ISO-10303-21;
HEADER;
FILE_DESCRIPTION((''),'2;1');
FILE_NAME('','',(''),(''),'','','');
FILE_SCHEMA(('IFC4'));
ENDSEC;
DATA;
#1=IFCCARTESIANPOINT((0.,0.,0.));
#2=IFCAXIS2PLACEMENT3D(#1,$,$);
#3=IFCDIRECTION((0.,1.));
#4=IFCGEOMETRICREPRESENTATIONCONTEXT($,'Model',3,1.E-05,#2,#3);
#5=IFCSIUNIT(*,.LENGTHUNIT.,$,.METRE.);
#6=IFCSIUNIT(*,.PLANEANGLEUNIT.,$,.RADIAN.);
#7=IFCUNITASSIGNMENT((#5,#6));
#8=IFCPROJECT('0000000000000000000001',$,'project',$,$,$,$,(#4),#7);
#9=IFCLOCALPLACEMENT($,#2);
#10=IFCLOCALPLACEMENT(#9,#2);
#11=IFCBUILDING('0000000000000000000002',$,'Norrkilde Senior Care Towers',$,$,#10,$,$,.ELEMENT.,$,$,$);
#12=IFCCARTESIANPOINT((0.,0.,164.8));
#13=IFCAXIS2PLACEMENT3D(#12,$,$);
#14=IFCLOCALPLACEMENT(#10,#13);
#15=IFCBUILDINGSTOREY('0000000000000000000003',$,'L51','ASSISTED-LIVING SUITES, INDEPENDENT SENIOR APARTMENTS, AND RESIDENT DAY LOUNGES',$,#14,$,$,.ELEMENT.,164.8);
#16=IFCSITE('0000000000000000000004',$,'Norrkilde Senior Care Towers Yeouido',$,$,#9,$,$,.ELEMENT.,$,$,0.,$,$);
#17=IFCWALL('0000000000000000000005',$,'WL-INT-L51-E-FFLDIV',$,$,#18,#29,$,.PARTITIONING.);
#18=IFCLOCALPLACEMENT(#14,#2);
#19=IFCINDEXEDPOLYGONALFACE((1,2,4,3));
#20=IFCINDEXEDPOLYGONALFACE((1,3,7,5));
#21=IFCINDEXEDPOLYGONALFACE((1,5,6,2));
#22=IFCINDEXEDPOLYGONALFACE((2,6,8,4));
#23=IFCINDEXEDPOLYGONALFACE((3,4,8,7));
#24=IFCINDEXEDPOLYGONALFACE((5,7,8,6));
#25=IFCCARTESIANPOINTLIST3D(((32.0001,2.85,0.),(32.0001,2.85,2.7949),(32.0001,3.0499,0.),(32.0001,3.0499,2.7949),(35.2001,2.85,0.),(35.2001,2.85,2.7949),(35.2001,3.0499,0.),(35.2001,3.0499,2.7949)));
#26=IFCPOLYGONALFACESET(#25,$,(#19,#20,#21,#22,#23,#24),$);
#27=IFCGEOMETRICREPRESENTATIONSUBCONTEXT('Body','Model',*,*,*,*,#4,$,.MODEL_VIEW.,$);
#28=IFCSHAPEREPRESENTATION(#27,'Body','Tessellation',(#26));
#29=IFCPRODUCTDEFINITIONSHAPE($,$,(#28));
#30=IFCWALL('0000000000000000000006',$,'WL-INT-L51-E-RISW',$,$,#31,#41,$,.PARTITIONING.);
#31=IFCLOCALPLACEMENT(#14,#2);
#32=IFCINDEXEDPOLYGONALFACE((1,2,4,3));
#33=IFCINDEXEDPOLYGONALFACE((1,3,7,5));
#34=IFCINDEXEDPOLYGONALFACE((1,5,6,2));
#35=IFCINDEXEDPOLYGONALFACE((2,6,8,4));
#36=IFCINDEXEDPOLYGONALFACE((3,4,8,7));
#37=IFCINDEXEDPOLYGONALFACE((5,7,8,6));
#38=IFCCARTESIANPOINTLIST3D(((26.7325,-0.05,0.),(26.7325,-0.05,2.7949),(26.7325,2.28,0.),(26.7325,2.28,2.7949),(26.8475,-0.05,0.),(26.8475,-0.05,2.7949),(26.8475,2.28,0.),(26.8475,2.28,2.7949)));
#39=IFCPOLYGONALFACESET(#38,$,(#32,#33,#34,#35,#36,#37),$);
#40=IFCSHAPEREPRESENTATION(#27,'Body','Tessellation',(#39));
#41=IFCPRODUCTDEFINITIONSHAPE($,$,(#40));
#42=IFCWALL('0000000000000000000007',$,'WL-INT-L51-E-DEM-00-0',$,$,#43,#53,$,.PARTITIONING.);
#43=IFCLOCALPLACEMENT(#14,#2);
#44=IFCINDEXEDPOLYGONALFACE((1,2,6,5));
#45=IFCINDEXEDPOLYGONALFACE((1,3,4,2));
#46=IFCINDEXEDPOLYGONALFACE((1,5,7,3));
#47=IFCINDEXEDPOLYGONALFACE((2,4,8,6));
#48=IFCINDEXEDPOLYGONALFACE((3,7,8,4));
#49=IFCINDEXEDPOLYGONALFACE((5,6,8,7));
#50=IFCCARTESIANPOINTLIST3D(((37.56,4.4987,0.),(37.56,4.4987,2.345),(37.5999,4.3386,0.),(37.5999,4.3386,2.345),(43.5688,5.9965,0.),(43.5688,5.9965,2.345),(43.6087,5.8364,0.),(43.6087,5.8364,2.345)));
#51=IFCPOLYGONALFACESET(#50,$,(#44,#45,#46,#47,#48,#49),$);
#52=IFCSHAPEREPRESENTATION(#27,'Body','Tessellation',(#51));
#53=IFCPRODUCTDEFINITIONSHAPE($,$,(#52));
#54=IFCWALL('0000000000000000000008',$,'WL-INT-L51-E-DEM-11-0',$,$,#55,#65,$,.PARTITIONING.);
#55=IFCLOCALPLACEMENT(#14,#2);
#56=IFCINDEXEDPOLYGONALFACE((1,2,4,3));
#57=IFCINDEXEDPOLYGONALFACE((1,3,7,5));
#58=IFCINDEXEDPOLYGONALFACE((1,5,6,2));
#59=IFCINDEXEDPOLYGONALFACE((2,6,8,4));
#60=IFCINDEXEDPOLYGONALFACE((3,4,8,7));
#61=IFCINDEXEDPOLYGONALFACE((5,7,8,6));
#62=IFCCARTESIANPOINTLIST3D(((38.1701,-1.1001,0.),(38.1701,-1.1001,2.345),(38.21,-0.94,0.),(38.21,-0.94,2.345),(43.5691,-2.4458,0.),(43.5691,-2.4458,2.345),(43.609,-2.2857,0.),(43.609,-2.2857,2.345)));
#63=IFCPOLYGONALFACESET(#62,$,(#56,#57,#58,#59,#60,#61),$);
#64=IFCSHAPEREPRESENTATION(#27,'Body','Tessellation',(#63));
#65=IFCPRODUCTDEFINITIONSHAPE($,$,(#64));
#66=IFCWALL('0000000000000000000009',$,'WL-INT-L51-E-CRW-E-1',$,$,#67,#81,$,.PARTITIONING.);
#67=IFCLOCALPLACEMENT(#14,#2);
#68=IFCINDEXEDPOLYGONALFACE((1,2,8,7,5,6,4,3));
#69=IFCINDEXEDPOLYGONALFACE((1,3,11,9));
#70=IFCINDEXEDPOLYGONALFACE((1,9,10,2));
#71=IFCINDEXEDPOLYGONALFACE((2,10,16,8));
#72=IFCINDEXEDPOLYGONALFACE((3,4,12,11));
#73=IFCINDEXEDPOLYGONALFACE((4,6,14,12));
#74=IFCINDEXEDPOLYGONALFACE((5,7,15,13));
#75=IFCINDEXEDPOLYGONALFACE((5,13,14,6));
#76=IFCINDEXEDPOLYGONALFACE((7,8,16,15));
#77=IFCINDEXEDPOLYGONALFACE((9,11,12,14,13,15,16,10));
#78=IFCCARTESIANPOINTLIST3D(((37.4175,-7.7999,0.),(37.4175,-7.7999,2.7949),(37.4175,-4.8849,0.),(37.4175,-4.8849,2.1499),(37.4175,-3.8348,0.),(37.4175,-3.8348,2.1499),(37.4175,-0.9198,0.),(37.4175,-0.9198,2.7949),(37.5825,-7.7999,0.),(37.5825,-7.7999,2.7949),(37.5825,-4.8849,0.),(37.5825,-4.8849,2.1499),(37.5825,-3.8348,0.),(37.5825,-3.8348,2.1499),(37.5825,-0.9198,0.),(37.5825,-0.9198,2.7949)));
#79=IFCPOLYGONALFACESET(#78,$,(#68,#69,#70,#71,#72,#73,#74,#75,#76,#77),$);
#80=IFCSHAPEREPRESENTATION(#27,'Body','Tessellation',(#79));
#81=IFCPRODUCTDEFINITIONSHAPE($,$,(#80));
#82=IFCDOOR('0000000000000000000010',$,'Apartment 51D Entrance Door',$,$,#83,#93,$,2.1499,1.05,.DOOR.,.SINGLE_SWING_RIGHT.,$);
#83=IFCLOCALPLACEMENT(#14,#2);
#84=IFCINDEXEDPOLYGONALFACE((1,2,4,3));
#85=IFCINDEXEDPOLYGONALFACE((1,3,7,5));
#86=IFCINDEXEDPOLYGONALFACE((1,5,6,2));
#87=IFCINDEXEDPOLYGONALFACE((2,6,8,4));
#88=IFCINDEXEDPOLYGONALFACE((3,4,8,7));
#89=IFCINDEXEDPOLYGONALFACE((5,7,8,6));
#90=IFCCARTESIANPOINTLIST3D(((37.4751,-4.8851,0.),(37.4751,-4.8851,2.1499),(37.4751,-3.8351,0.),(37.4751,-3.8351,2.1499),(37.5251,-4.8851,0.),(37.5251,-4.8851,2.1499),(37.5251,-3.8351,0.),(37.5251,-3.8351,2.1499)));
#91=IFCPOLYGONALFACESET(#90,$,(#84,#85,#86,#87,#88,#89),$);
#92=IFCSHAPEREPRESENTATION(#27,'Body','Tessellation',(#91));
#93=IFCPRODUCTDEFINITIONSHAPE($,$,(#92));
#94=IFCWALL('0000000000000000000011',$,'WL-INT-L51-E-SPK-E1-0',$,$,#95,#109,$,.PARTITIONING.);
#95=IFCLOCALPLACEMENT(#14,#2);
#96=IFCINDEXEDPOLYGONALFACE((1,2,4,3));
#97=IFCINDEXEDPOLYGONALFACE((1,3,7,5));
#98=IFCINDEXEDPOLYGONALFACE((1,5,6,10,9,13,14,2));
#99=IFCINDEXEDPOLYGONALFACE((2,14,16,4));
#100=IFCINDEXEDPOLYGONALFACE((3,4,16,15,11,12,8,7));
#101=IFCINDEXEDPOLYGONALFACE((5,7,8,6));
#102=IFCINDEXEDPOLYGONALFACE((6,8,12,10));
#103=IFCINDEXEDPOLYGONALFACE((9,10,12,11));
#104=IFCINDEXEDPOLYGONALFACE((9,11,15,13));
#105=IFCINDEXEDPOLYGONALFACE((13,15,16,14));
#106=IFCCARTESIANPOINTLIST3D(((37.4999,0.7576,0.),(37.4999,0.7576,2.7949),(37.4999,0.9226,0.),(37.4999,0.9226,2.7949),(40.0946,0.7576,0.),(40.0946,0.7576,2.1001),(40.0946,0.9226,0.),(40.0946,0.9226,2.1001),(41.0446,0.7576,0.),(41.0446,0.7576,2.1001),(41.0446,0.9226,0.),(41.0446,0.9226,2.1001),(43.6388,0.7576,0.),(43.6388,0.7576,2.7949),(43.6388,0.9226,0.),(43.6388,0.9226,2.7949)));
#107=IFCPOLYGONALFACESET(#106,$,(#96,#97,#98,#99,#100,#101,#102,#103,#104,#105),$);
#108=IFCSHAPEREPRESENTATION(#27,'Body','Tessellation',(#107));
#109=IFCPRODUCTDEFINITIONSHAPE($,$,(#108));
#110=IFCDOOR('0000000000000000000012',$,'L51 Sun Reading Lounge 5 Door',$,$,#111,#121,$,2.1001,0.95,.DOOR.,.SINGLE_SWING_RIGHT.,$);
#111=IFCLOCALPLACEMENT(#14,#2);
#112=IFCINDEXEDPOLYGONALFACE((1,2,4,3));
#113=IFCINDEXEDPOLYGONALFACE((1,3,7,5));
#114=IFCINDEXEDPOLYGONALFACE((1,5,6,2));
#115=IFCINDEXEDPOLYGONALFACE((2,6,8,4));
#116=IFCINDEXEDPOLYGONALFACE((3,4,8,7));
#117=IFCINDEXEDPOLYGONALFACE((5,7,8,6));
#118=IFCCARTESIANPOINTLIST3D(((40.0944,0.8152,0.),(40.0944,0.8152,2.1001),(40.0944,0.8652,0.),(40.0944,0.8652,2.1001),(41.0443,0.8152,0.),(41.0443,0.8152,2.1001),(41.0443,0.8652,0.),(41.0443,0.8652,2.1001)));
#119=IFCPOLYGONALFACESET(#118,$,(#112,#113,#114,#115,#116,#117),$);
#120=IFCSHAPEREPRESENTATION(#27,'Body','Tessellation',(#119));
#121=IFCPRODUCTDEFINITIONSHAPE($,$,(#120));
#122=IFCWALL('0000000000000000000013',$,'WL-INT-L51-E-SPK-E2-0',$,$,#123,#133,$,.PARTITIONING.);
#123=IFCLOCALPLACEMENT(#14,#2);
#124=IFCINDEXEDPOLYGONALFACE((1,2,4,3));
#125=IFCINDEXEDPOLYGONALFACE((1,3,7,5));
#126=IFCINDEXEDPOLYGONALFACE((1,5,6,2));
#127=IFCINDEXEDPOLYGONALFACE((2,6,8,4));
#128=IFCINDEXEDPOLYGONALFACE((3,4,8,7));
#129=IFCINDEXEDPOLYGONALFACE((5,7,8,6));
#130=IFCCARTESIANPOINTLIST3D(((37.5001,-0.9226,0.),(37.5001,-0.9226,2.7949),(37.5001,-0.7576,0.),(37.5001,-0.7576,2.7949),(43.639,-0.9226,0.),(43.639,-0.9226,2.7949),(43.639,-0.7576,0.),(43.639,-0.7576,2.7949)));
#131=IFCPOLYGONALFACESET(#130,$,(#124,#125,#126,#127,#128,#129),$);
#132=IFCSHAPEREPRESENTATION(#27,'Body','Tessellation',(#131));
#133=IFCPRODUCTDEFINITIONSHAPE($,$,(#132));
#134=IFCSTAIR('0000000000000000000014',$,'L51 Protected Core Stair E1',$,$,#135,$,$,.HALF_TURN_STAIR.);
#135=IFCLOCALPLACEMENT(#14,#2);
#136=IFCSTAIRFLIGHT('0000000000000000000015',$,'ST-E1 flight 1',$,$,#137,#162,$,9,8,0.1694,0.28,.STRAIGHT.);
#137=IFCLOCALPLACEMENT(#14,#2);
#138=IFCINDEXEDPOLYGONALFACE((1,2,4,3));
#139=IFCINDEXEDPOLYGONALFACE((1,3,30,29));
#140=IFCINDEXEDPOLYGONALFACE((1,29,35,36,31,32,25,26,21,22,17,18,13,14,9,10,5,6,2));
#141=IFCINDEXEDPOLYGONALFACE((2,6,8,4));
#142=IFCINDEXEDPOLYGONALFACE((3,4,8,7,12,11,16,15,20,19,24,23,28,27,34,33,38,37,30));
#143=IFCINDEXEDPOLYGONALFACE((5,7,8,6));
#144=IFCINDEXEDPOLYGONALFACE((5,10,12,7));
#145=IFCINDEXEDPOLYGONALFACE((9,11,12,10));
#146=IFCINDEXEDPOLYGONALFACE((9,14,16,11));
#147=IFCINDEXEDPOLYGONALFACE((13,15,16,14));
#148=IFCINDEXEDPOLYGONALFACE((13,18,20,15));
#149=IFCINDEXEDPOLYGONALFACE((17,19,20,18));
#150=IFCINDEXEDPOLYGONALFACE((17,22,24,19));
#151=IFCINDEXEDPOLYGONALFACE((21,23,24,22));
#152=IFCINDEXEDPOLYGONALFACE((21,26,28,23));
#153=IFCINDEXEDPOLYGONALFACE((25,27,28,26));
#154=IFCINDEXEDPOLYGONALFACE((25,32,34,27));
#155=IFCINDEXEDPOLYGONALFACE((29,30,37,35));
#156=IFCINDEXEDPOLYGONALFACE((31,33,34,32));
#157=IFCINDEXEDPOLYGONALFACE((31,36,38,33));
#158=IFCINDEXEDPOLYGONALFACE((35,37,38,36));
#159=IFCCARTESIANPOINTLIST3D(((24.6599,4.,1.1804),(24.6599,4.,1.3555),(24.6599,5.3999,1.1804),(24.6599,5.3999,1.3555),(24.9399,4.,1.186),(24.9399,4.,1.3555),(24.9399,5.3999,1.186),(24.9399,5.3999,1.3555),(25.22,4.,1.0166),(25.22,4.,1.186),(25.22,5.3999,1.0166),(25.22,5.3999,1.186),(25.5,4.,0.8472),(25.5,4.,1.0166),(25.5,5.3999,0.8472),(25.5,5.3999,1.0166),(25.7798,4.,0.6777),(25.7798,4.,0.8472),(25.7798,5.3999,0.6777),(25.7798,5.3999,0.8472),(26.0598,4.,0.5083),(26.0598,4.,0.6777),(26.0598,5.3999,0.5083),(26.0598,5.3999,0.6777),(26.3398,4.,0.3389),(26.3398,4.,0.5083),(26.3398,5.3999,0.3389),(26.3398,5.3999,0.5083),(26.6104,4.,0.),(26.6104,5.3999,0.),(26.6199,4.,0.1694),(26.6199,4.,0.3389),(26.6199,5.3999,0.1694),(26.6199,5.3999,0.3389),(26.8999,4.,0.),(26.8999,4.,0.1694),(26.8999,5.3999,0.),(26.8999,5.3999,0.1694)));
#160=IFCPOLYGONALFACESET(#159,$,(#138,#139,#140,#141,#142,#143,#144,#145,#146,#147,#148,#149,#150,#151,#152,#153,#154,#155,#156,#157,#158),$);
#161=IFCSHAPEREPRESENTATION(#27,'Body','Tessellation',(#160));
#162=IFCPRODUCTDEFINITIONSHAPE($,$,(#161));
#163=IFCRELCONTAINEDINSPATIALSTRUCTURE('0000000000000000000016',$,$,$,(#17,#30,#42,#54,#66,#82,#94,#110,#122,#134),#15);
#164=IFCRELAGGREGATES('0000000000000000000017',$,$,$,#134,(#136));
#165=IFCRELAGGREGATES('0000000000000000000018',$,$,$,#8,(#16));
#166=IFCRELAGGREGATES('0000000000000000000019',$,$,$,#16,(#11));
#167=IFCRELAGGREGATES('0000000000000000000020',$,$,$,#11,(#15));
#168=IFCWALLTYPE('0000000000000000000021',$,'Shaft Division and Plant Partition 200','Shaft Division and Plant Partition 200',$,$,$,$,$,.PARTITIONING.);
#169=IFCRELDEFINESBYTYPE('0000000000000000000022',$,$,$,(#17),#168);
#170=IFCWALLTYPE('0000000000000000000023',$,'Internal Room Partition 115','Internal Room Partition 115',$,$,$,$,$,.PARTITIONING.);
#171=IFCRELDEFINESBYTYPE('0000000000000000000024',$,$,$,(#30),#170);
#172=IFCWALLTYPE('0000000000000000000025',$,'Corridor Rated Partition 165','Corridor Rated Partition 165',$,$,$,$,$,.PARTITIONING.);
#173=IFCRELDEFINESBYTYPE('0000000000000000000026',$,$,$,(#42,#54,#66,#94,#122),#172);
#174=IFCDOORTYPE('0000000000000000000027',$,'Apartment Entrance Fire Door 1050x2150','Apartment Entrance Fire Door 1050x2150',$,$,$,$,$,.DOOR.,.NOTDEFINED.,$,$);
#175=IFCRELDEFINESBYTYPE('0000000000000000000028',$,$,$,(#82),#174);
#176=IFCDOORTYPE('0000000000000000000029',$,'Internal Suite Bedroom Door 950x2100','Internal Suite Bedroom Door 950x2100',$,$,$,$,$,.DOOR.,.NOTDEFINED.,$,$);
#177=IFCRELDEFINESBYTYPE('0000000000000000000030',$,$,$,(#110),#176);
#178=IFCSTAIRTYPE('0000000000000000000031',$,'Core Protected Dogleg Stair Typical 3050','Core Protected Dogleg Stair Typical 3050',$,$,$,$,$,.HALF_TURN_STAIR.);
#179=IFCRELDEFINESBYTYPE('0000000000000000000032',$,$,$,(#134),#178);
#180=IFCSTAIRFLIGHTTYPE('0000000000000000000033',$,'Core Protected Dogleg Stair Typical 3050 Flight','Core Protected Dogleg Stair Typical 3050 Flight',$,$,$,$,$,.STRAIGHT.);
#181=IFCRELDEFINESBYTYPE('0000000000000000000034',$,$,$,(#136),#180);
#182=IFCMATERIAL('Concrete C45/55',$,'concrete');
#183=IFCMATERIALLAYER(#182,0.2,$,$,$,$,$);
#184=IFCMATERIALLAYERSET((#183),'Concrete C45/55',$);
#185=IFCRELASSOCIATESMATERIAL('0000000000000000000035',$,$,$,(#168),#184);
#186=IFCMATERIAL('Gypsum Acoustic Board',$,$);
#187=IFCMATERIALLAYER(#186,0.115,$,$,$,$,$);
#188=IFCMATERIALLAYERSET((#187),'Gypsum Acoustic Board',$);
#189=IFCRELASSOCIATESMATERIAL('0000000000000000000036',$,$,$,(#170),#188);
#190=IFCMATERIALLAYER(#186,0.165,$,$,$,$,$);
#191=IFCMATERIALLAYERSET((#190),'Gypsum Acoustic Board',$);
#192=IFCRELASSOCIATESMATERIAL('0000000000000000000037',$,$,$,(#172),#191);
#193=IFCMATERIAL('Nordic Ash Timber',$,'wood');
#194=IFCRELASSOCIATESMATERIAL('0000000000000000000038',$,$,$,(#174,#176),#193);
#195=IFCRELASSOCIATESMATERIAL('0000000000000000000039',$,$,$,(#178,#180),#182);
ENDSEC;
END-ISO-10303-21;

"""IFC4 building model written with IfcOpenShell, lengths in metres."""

from ifc_helpers import new_model, si_unit, direction, frame, frame_2d, origin, place, context, subcontext, project, spatial, polyline, rectangle, outline, extrude, source, transform, mapped, material, layer, layer_set, type_object, type_shapes, element, fill, aggregate, save


model = new_model("IFC4")

# Units and contexts
model_context = context("Model", 3, precision=1e-05, world=origin(), true_north=direction((0.0, 1.0)))
body_context = subcontext(model_context, "Body", "Model", "MODEL_VIEW")
ifc_project = project(units=[si_unit("LENGTHUNIT", "METRE"), si_unit("PLANEANGLEUNIT", "RADIAN")], contexts=[model_context])

# Site, building, storey
site_placement = place(None, origin())
site = spatial("IfcSite", under=ifc_project, at=site_placement, Name="Norrkilde Senior Care Towers Yeouido", CompositionType="ELEMENT", RefElevation=0.0)
building_placement = place(site_placement, origin())
building = spatial("IfcBuilding", under=site, at=building_placement, Name="Norrkilde Senior Care Towers", CompositionType="ELEMENT")
storey_placement = place(building_placement, frame((0.0, 0.0, 164.8)))
storey = spatial("IfcBuildingStorey", under=building, at=storey_placement, Name="L51", Description="ASSISTED-LIVING SUITES, INDEPENDENT SENIOR APARTMENTS, AND RESIDENT DAY LOUNGES", CompositionType="ELEMENT", Elevation=164.8)

# Shared definitions
ifc_material_1 = material(Name="Concrete C45/55", Category="concrete")

# Wall
ifc_layer_1 = layer(ifc_material_1, 0.2)
ifc_layer_set_1 = layer_set([ifc_layer_1], Name="Concrete C45/55")
wall_type_1 = type_object("IfcWallType", Name="Shaft Division and Plant Partition 200", Description="Shaft Division and Plant Partition 200", PredefinedType="PARTITIONING", material=ifc_layer_set_1)
shared_shape_1 = source(origin(), body_context, "Body", "SweptSolid", [
    extrude(rectangle(XDim=3.2, YDim=0.2, at=frame_2d((1.6001, 0.0))), origin(), (0.0, 0.0, 1.0), 2.7949),
])
type_shapes(wall_type_1, [shared_shape_1])
wall_1_placement = place(storey_placement, frame((32.0, 2.95, 0.0), z_axis=(0.0, 0.0, 1.0), x_axis=(1.0, 0.0, 0.0)))
element("IfcWall", 1, at=wall_1_placement, inside=storey, type_object=wall_type_1, Name="WL-INT-L51-E-FFLDIV", PredefinedType="PARTITIONING", context=body_context, shape_type="MappedRepresentation", body=[
    mapped(shared_shape_1, transform((0.0, 0.0, 0.0), x_axis=(1.0, 0.0, 0.0), y_axis=(0.0, 1.0, 0.0), z_axis=(0.0, 0.0, 1.0), scale=1.0)),
])

# Walls
ifc_material_2 = material(Name="Gypsum Acoustic Board")
ifc_layer_2 = layer(ifc_material_2, 0.115)
ifc_layer_set_2 = layer_set([ifc_layer_2], Name="Gypsum Acoustic Board")
wall_type_2 = type_object("IfcWallType", Name="Internal Room Partition 115", Description="Internal Room Partition 115", PredefinedType="PARTITIONING", material=ifc_layer_set_2)
shared_shape_2 = source(origin(), body_context, "Body", "SweptSolid", [
    extrude(rectangle(XDim=2.3301, YDim=0.115, at=frame_2d((1.165, 0.0))), origin(), (0.0, 0.0, 1.0), 2.7949),
])
type_shapes(wall_type_2, [shared_shape_2])
wall_2_placement = place(storey_placement, frame((26.79, -0.05, 0.0), z_axis=(0.0, 0.0, 1.0), x_axis=(0.0, 1.0, 0.0)))
element("IfcWall", 2, at=wall_2_placement, inside=storey, type_object=wall_type_2, Name="WL-INT-L51-E-RISW", PredefinedType="PARTITIONING", context=body_context, shape_type="MappedRepresentation", body=[
    mapped(shared_shape_2, transform((0.0, 0.0, 0.0), x_axis=(1.0, 0.0, 0.0), y_axis=(0.0, 1.0, 0.0), z_axis=(0.0, 0.0, 1.0), scale=1.0)),
])
ifc_layer_3 = layer(ifc_material_2, 0.165)
ifc_layer_set_3 = layer_set([ifc_layer_3], Name="Gypsum Acoustic Board")
wall_type_3 = type_object("IfcWallType", Name="Corridor Rated Partition 165", Description="Corridor Rated Partition 165", PredefinedType="PARTITIONING", material=ifc_layer_set_3)
shared_shape_3 = source(origin(), body_context, "Body", "SweptSolid", [
    extrude(rectangle(XDim=6.1926, YDim=0.165, at=frame_2d((3.0962, 0.0))), origin(), (0.0, 0.0, 1.0), 2.345),
])
wall_3_placement = place(storey_placement, frame((37.5801, 4.4187, 0.0), z_axis=(0.0, 0.0, 1.0), x_axis=(0.970309, 0.241868, 0.0)))
element("IfcWall", 3, at=wall_3_placement, inside=storey, type_object=wall_type_3, Name="WL-INT-L51-E-DEM-00-0", PredefinedType="PARTITIONING", context=body_context, shape_type="MappedRepresentation", body=[
    mapped(shared_shape_3, transform((0.0, 0.0, 0.0), x_axis=(1.0, 0.0, 0.0), y_axis=(0.0, 1.0, 0.0), z_axis=(0.0, 0.0, 1.0), scale=1.0)),
])
shared_shape_4 = source(origin(), body_context, "Body", "SweptSolid", [
    extrude(rectangle(XDim=5.5642, YDim=0.165, at=frame_2d((2.7822, 0.0))), origin(), (0.0, 0.0, 1.0), 2.345),
])
wall_4_placement = place(storey_placement, frame((38.1899, -1.02, 0.0), z_axis=(0.0, 0.0, 1.0), x_axis=(0.970313, -0.241854, 0.0)))
element("IfcWall", 4, at=wall_4_placement, inside=storey, type_object=wall_type_3, Name="WL-INT-L51-E-DEM-11-0", PredefinedType="PARTITIONING", context=body_context, shape_type="MappedRepresentation", body=[
    mapped(shared_shape_4, transform((0.0, 0.0, 0.0), x_axis=(1.0, 0.0, 0.0), y_axis=(0.0, 1.0, 0.0), z_axis=(0.0, 0.0, 1.0), scale=1.0)),
])

# Walls, openings, doors
shared_shape_5 = source(origin(), body_context, "Body", "SweptSolid", [
    extrude(rectangle(XDim=6.8801, YDim=0.165, at=frame_2d((3.4399, 0.0))), origin(), (0.0, 0.0, 1.0), 2.7949),
])
wall_5_placement = place(storey_placement, frame((37.5, -0.9199, 0.0), z_axis=(0.0, 0.0, 1.0), x_axis=(0.0, -1.0, 0.0)))
wall_5 = element("IfcWall", 5, at=wall_5_placement, inside=storey, type_object=wall_type_3, Name="WL-INT-L51-E-CRW-E-1", PredefinedType="PARTITIONING", context=body_context, shape_type="MappedRepresentation", body=[
    mapped(shared_shape_5, transform((0.0, 0.0, 0.0), x_axis=(1.0, 0.0, 0.0), y_axis=(0.0, 1.0, 0.0), z_axis=(0.0, 0.0, 1.0), scale=1.0)),
])
opening_1_placement = place(wall_5_placement, frame((2.915, 0.0, 0.0)))
opening_1 = element("IfcOpeningElement", 6, at=opening_1_placement, cuts=wall_5, PredefinedType="OPENING", context=body_context, shape_type="SweptSolid", body=[
    extrude(rectangle(XDim=1.05, YDim=2.1499, at=frame_2d((0.5249, 1.075))), frame((0.0, 0.0925, 0.0), z_axis=(0.0, -1.0, 0.0), x_axis=(1.0, 0.0, 0.0)), (0.0, 0.0, 1.0), 0.1851),
])
ifc_material_3 = material(Name="Nordic Ash Timber", Category="wood")
door_type_1 = type_object("IfcDoorType", Name="Apartment Entrance Fire Door 1050x2150", Description="Apartment Entrance Fire Door 1050x2150", OperationType="NOTDEFINED", PredefinedType="DOOR", material=ifc_material_3)
shared_shape_6 = source(origin(), body_context, "Body", "SweptSolid", [
    extrude(rectangle(XDim=1.05, YDim=2.1499, at=frame_2d((0.5249, 1.075))), frame((0.0, 0.0249, 0.0), z_axis=(0.0, -1.0, 0.0), x_axis=(1.0, 0.0, 0.0)), (0.0, 0.0, 1.0), 0.05),
])
type_shapes(door_type_1, [shared_shape_6])
door_1_placement = place(opening_1_placement, frame((1.05, 0.0, 0.0), z_axis=(0.0, 0.0, 1.0), x_axis=(-1.0, 0.0, 0.0)))
door_1 = element("IfcDoor", 7, at=door_1_placement, inside=storey, type_object=door_type_1, Name="Apartment 51D Entrance Door", OperationType="SINGLE_SWING_RIGHT", OverallHeight=2.1499, OverallWidth=1.05, PredefinedType="DOOR", context=body_context, shape_type="MappedRepresentation", body=[
    mapped(shared_shape_6, transform((0.0, 0.0, 0.0), x_axis=(1.0, 0.0, 0.0), y_axis=(0.0, 1.0, 0.0), z_axis=(0.0, 0.0, 1.0), scale=1.0)),
])
fill(opening_1, door_1)
shared_shape_7 = source(origin(), body_context, "Body", "SweptSolid", [
    extrude(rectangle(XDim=6.1389, YDim=0.165, at=frame_2d((3.0693, 0.0))), origin(), (0.0, 0.0, 1.0), 2.7949),
])
type_shapes(wall_type_3, [shared_shape_3, shared_shape_4, shared_shape_5, shared_shape_7])
wall_6_placement = place(storey_placement, frame((37.5, 0.8401, 0.0), z_axis=(0.0, 0.0, 1.0), x_axis=(1.0, 0.0, 0.0)))
wall_6 = element("IfcWall", 8, at=wall_6_placement, inside=storey, type_object=wall_type_3, Name="WL-INT-L51-E-SPK-E1-0", PredefinedType="PARTITIONING", context=body_context, shape_type="MappedRepresentation", body=[
    mapped(shared_shape_7, transform((0.0, 0.0, 0.0), x_axis=(1.0, 0.0, 0.0), y_axis=(0.0, 1.0, 0.0), z_axis=(0.0, 0.0, 1.0), scale=1.0)),
])
opening_2_placement = place(wall_6_placement, frame((2.5945, 0.0, 0.0)))
opening_2 = element("IfcOpeningElement", 9, at=opening_2_placement, cuts=wall_6, PredefinedType="OPENING", context=body_context, shape_type="SweptSolid", body=[
    extrude(rectangle(XDim=0.95, YDim=2.1001, at=frame_2d((0.4751, 1.05))), frame((0.0, 0.0925, 0.0), z_axis=(0.0, -1.0, 0.0), x_axis=(1.0, 0.0, 0.0)), (0.0, 0.0, 1.0), 0.1851),
])
door_type_2 = type_object("IfcDoorType", Name="Internal Suite Bedroom Door 950x2100", Description="Internal Suite Bedroom Door 950x2100", OperationType="NOTDEFINED", PredefinedType="DOOR", material=ifc_material_3)
shared_shape_8 = source(origin(), body_context, "Body", "SweptSolid", [
    extrude(rectangle(XDim=0.95, YDim=2.1001, at=frame_2d((0.4751, 1.05))), frame((0.0, 0.0249, 0.0), z_axis=(0.0, -1.0, 0.0), x_axis=(1.0, 0.0, 0.0)), (0.0, 0.0, 1.0), 0.05),
])
type_shapes(door_type_2, [shared_shape_8])
door_2_placement = place(opening_2_placement, frame((0.95, 0.0, 0.0), z_axis=(0.0, 0.0, 1.0), x_axis=(-1.0, 0.0, 0.0)))
door_2 = element("IfcDoor", 10, at=door_2_placement, inside=storey, type_object=door_type_2, Name="L51 Sun Reading Lounge 5 Door", OperationType="SINGLE_SWING_RIGHT", OverallHeight=2.1001, OverallWidth=0.95, PredefinedType="DOOR", context=body_context, shape_type="MappedRepresentation", body=[
    mapped(shared_shape_8, transform((0.0, 0.0, 0.0), x_axis=(1.0, 0.0, 0.0), y_axis=(0.0, 1.0, 0.0), z_axis=(0.0, 0.0, 1.0), scale=1.0)),
])
fill(opening_2, door_2)

# Wall
wall_7_placement = place(storey_placement, frame((43.6389, -0.8401, 0.0), z_axis=(0.0, 0.0, 1.0), x_axis=(-1.0, 0.0, 0.0)))
element("IfcWall", 11, at=wall_7_placement, inside=storey, type_object=wall_type_3, Name="WL-INT-L51-E-SPK-E2-0", PredefinedType="PARTITIONING", context=body_context, shape_type="MappedRepresentation", body=[
    mapped(shared_shape_7, transform((0.0, 0.0, 0.0), x_axis=(1.0, 0.0, 0.0), y_axis=(0.0, 1.0, 0.0), z_axis=(0.0, 0.0, 1.0), scale=1.0)),
])

# Stair, stair flight
stair_type = type_object("IfcStairType", Name="Core Protected Dogleg Stair Typical 3050", Description="Core Protected Dogleg Stair Typical 3050", PredefinedType="HALF_TURN_STAIR", material=ifc_material_1)
stair_placement = place(storey_placement, origin())
stair = element("IfcStair", 12, at=stair_placement, inside=storey, type_object=stair_type, Name="L51 Protected Core Stair E1", PredefinedType="HALF_TURN_STAIR")
stair_flight_type = type_object("IfcStairFlightType", Name="Core Protected Dogleg Stair Typical 3050 Flight", Description="Core Protected Dogleg Stair Typical 3050 Flight", PredefinedType="STRAIGHT", material=ifc_material_1)
stair_flight_placement = place(storey_placement, frame((26.8999, 4.7, 0.0), z_axis=(0.0, 0.0, 1.0), x_axis=(-1.0, 0.0, 0.0)))
stair_flight = element("IfcStairFlight", 13, at=stair_flight_placement, type_object=stair_flight_type, Name="ST-E1 flight 1", NumberOfRisers=9, NumberOfTreads=8, PredefinedType="STRAIGHT", RiserHeight=0.1694, TreadLength=0.28, context=body_context, shape_type="SweptSolid", body=[
    extrude(outline(polyline([(0.0, 0.0), (0.0, 0.1694), (0.28, 0.1694), (0.28, 0.3389), (0.5601, 0.3389), (0.5601, 0.5083), (0.8401, 0.5083), (0.8401, 0.6777), (1.1201, 0.6777), (1.1201, 0.8472), (1.3999, 0.8472), (1.3999, 1.0166), (1.6799, 1.0166), (1.6799, 1.186), (1.96, 1.186), (1.96, 1.3555), (2.24, 1.3555), (2.24, 1.5249), (2.24, 1.1804), (0.2896, 0.0), (0.0, 0.0)])), frame((0.0, 0.7, 0.0), z_axis=(0.0, -1.0, 0.0), x_axis=(1.0, 0.0, 0.0)), (0.0, 0.0, 1.0), 1.3999),
])
aggregate(stair, [stair_flight])

save(model, "model.ifc")
